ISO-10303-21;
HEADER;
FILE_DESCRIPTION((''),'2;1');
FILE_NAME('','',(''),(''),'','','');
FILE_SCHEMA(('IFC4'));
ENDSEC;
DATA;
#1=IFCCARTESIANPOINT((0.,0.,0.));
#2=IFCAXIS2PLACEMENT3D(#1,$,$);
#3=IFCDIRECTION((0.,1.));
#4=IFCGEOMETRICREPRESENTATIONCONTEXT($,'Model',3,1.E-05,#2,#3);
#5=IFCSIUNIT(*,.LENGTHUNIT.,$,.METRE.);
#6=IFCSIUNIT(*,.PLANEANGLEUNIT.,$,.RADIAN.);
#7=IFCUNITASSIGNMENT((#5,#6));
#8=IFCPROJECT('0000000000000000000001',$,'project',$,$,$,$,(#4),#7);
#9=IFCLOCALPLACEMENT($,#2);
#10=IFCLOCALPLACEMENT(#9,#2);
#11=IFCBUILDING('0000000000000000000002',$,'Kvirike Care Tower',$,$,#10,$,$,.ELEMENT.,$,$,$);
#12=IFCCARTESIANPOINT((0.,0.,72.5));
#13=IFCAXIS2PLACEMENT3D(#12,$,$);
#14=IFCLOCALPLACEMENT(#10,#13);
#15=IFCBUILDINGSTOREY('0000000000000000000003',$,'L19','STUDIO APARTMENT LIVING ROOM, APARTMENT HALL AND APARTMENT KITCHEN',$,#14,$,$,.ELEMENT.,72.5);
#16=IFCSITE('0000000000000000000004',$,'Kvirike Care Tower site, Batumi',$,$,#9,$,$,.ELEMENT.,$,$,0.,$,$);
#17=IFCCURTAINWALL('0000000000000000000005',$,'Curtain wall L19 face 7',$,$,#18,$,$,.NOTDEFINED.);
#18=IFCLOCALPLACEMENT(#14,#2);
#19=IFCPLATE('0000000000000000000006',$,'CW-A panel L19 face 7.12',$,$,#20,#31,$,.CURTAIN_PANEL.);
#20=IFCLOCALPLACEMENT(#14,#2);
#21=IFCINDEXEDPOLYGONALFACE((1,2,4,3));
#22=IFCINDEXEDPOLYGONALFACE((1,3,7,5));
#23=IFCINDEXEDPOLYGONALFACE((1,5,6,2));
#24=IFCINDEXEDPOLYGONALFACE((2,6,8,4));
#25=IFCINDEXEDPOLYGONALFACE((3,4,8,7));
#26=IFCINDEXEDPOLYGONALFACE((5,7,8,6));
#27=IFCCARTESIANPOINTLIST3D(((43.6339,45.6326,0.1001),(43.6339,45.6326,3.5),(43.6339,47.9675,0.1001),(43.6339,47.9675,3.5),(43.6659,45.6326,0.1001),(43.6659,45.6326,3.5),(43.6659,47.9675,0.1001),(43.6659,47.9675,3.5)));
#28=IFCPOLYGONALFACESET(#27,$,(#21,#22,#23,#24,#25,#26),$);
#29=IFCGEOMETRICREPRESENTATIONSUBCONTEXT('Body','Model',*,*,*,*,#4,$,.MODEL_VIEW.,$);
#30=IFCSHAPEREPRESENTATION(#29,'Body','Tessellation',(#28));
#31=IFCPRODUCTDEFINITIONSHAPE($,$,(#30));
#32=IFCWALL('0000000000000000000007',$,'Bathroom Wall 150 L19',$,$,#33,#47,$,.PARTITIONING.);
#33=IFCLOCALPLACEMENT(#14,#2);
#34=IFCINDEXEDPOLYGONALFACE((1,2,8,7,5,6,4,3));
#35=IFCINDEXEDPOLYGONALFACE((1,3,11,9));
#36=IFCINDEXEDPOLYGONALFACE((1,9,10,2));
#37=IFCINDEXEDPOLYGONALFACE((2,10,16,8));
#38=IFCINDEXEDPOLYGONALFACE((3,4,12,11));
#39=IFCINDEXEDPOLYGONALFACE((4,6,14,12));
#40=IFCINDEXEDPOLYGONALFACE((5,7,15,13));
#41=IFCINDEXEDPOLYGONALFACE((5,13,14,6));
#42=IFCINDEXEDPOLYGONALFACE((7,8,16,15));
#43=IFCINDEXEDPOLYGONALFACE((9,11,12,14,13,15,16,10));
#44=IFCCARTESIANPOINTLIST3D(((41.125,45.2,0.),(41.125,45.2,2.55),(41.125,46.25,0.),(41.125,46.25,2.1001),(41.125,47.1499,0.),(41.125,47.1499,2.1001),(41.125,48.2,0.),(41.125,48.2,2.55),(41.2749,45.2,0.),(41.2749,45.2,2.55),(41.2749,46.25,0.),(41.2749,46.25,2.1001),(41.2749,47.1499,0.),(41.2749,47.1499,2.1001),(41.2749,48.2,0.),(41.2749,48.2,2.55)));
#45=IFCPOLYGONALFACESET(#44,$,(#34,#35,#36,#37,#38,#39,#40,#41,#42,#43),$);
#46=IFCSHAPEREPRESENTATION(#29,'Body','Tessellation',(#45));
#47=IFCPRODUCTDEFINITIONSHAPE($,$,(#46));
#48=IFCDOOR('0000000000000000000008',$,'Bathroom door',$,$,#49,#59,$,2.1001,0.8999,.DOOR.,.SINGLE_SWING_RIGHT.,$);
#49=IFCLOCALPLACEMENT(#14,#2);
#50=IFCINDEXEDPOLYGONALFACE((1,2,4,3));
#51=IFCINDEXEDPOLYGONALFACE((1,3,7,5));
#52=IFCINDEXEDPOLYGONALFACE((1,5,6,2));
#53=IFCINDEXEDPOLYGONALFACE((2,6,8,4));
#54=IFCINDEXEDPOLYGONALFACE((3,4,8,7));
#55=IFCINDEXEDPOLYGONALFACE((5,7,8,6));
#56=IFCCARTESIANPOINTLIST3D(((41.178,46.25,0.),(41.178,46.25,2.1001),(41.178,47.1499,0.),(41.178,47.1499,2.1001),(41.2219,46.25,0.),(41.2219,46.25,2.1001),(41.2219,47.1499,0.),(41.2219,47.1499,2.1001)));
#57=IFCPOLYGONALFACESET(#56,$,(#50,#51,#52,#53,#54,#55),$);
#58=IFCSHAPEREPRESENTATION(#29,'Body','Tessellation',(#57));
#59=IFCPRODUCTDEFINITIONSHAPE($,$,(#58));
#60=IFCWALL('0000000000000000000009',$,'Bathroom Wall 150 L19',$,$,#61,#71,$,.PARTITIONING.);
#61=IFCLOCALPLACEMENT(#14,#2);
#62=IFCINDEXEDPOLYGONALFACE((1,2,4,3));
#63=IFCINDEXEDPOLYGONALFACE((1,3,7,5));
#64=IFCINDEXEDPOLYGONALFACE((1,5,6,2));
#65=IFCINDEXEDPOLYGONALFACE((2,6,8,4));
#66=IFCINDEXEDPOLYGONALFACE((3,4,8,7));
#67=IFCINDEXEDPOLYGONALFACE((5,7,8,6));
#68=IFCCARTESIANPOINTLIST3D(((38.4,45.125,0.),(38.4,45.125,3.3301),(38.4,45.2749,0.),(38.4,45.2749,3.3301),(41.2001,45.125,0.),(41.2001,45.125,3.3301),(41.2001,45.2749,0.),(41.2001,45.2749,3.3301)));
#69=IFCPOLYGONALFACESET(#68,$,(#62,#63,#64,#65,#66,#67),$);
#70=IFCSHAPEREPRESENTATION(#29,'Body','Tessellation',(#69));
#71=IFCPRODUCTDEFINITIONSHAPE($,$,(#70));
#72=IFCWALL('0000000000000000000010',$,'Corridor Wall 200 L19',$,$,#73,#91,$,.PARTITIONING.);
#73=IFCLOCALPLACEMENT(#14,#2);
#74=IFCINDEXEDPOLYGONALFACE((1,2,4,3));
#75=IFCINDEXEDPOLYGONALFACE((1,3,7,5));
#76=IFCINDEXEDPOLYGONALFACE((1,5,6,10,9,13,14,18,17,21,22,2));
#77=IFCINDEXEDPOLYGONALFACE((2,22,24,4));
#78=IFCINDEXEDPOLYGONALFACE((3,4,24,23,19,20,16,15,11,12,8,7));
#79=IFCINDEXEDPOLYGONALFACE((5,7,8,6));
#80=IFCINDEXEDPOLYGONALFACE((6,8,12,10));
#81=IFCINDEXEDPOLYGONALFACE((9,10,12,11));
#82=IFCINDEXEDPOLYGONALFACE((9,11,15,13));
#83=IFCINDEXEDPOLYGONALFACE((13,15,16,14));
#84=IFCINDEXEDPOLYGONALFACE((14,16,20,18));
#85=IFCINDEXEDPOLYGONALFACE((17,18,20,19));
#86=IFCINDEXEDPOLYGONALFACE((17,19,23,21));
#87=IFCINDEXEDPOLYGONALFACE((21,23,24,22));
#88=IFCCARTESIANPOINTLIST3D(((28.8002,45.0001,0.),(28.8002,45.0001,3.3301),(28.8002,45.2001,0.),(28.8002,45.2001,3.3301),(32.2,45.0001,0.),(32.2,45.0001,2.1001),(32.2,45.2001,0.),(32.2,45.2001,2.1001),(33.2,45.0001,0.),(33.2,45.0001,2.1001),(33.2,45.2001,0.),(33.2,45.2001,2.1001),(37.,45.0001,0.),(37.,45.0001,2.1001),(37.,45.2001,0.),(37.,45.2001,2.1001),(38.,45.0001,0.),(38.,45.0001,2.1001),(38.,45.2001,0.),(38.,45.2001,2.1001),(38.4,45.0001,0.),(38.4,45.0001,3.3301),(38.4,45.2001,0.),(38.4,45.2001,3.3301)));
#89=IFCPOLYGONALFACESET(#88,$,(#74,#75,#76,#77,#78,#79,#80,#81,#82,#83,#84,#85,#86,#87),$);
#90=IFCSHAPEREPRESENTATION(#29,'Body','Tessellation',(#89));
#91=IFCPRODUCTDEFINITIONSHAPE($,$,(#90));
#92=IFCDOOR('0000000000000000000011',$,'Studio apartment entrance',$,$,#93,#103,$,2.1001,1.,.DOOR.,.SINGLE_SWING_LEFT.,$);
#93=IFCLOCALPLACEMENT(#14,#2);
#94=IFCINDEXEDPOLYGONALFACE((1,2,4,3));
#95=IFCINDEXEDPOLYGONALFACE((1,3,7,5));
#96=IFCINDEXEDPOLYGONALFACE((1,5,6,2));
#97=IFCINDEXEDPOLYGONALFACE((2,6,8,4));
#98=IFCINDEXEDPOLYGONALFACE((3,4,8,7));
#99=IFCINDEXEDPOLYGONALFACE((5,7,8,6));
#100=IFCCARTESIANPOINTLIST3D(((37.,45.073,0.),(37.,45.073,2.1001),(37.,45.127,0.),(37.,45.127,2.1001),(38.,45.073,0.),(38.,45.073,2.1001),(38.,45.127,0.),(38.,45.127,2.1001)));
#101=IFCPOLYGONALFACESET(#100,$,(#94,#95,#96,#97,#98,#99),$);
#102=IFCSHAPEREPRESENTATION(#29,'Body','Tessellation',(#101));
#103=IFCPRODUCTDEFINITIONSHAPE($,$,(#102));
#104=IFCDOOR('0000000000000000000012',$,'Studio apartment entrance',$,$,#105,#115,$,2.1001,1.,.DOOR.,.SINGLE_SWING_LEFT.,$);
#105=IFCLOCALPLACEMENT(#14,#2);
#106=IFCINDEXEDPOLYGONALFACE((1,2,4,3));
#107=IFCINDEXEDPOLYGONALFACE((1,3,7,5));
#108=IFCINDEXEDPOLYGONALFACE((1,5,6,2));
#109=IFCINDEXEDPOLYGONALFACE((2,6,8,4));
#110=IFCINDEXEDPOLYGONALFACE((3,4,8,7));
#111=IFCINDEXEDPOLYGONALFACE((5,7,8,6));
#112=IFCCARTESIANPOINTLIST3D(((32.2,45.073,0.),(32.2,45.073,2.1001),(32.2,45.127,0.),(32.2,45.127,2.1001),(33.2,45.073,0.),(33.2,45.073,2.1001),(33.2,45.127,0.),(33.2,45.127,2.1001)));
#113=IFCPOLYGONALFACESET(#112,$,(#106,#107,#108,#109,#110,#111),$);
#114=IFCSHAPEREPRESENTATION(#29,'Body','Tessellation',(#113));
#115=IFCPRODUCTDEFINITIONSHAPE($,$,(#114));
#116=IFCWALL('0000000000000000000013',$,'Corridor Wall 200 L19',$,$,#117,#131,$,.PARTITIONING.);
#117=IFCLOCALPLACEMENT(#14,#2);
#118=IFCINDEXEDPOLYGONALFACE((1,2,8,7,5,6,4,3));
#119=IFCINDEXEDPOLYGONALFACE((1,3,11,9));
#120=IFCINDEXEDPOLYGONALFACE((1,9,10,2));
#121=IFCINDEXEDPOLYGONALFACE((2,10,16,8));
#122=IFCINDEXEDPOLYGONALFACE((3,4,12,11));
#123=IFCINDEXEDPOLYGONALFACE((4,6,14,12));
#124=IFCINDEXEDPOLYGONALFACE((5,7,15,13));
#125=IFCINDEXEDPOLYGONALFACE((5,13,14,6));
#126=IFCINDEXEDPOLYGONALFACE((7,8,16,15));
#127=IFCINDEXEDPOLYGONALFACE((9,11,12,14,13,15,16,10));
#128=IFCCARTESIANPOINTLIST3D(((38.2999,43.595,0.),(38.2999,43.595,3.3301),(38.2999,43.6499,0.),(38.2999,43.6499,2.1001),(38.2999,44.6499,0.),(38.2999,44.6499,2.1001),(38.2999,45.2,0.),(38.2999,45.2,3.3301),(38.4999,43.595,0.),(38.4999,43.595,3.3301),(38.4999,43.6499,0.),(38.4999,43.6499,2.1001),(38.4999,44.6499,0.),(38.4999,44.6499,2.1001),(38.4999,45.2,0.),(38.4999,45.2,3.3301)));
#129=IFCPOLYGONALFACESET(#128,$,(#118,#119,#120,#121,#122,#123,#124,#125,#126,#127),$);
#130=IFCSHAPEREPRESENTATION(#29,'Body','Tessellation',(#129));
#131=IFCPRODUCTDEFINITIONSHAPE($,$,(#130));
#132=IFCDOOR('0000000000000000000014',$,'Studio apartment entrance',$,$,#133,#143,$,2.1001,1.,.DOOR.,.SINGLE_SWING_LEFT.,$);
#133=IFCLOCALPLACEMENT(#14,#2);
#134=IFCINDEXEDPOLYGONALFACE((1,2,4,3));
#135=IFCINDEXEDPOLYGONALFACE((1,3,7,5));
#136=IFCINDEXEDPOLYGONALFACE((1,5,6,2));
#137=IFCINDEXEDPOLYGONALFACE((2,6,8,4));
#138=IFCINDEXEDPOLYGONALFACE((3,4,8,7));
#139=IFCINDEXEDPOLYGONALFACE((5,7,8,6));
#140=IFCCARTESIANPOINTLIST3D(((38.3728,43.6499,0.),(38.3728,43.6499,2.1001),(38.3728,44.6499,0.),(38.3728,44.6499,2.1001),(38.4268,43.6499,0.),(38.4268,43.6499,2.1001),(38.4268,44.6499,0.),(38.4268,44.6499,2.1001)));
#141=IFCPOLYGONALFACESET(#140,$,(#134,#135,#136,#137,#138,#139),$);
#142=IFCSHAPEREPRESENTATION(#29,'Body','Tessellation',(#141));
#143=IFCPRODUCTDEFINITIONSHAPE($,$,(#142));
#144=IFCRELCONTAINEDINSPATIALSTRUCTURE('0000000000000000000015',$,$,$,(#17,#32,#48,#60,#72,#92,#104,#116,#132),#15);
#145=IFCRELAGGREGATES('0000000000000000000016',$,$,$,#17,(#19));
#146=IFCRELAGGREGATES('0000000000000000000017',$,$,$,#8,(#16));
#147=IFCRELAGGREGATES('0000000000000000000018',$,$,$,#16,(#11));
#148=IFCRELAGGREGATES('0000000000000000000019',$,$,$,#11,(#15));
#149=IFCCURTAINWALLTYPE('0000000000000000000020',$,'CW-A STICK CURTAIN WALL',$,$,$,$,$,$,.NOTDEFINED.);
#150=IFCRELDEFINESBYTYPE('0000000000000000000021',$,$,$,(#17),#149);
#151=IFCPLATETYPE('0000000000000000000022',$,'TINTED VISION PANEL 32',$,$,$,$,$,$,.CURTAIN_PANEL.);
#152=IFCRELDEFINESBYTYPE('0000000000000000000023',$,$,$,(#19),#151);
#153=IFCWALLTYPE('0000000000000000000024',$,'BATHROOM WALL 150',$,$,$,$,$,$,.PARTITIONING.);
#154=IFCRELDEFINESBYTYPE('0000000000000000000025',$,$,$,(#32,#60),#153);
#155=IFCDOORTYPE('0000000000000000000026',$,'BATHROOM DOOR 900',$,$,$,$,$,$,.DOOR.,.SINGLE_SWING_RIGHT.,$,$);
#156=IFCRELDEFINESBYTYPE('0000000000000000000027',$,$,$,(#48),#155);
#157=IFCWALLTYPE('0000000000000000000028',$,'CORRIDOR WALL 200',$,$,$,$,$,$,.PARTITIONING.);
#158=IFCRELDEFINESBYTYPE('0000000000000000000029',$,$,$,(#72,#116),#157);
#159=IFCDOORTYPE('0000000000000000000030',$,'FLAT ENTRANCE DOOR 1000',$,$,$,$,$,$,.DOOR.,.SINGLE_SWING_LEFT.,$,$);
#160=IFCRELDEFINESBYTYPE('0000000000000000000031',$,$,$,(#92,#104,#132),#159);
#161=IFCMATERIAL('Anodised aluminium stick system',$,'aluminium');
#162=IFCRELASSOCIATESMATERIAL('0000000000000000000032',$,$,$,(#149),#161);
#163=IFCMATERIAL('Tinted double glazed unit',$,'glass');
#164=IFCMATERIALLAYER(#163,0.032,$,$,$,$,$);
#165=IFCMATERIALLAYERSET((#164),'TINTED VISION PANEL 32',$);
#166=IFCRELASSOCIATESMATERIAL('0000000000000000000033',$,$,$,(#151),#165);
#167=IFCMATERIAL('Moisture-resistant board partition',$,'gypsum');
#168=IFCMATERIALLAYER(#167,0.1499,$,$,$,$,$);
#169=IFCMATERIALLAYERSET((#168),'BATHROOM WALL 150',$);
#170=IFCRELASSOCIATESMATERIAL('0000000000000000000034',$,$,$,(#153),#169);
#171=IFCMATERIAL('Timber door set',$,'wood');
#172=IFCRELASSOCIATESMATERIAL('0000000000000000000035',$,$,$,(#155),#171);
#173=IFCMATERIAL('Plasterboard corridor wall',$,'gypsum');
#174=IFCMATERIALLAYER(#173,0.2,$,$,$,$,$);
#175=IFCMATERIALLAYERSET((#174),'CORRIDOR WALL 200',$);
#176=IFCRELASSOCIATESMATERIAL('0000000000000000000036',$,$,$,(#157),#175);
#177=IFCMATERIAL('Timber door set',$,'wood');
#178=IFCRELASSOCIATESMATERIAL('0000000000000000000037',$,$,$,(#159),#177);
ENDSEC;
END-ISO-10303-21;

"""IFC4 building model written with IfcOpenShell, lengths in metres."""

from ifc_helpers import new_model, si_unit, direction, frame, frame_2d, origin, origin_2d, place, context, subcontext, project, spatial, rectangle, extrude, material, layer, layer_set, type_object, element, fill, aggregate, save


model = new_model("IFC4")

# Units and contexts
model_context = context("Model", 3, precision=1e-05, world=origin(), true_north=direction((0.0, 1.0)))
body_context = subcontext(model_context, "Body", "Model", "MODEL_VIEW")
ifc_project = project(units=[si_unit("LENGTHUNIT", "METRE"), si_unit("PLANEANGLEUNIT", "RADIAN")], contexts=[model_context])

# Site, building, storey
site_placement = place(None, origin())
site = spatial("IfcSite", under=ifc_project, at=site_placement, Name="Kvirike Care Tower site, Batumi", CompositionType="ELEMENT", RefElevation=0.0)
building_placement = place(site_placement, origin())
building = spatial("IfcBuilding", under=site, at=building_placement, Name="Kvirike Care Tower", CompositionType="ELEMENT")
storey_placement = place(building_placement, frame((0.0, 0.0, 72.5)))
storey = spatial("IfcBuildingStorey", under=building, at=storey_placement, Name="L19", Description="STUDIO APARTMENT LIVING ROOM, APARTMENT HALL AND APARTMENT KITCHEN", CompositionType="ELEMENT", Elevation=72.5)

# Curtain wall
ifc_material_1 = material(Name="Anodised aluminium stick system", Category="aluminium")
curtain_wall_type = type_object("IfcCurtainWallType", Name="CW-A STICK CURTAIN WALL", PredefinedType="NOTDEFINED", material=ifc_material_1)
curtain_wall_placement = place(storey_placement, origin())
curtain_wall = element("IfcCurtainWall", 1, at=curtain_wall_placement, inside=storey, type_object=curtain_wall_type, Name="Curtain wall L19 face 7", PredefinedType="NOTDEFINED")

# Plate
ifc_material_2 = material(Name="Tinted double glazed unit", Category="glass")
ifc_layer_1 = layer(ifc_material_2, 0.032)
ifc_layer_set_1 = layer_set([ifc_layer_1], Name="TINTED VISION PANEL 32")
plate_type = type_object("IfcPlateType", Name="TINTED VISION PANEL 32", PredefinedType="CURTAIN_PANEL", material=ifc_layer_set_1)
plate_1_placement = place(storey_placement, frame((43.6499, 46.8, 0.1001), z_axis=(0.0, 0.0, 1.0), x_axis=(0.0, 1.0, 0.0)))
plate_1 = element("IfcPlate", 2, at=plate_1_placement, type_object=plate_type, Name="CW-A panel L19 face 7.12", PredefinedType="CURTAIN_PANEL", context=body_context, shape_type="SweptSolid", body=[
    extrude(rectangle(XDim=2.335, YDim=0.032, at=origin_2d()), origin(), (0.0, 0.0, 1.0), 3.3999),
])
aggregate(curtain_wall, [plate_1])

# Wall, opening, door
ifc_material_3 = material(Name="Moisture-resistant board partition", Category="gypsum")
ifc_layer_2 = layer(ifc_material_3, 0.1499)
ifc_layer_set_2 = layer_set([ifc_layer_2], Name="BATHROOM WALL 150")
wall_type_1 = type_object("IfcWallType", Name="BATHROOM WALL 150", PredefinedType="PARTITIONING", material=ifc_layer_set_2)
wall_1_placement = place(storey_placement, frame((41.2, 48.2, 0.0), z_axis=(0.0, 0.0, 1.0), x_axis=(0.0, -1.0, 0.0)))
wall_1 = element("IfcWall", 3, at=wall_1_placement, inside=storey, type_object=wall_type_1, Name="Bathroom Wall 150 L19", PredefinedType="PARTITIONING", context=body_context, shape_type="SweptSolid", body=[
    extrude(rectangle(XDim=3.0, YDim=0.1499, at=frame_2d((1.5, 0.0))), origin(), (0.0, 0.0, 1.0), 2.55),
])
opening_1_placement = place(wall_1_placement, frame((1.05, 0.0, 0.0)))
opening_1 = element("IfcOpeningElement", 4, at=opening_1_placement, cuts=wall_1, PredefinedType="OPENING", context=body_context, shape_type="SweptSolid", body=[
    extrude(rectangle(XDim=0.8999, YDim=2.1001, at=frame_2d((0.45, 1.05))), frame((0.0, 0.0854, 0.0), z_axis=(0.0, -1.0, 0.0), x_axis=(1.0, 0.0, 0.0)), (0.0, 0.0, 1.0), 0.1709),
])
ifc_material_4 = material(Name="Timber door set", Category="wood")
door_type_1 = type_object("IfcDoorType", Name="BATHROOM DOOR 900", OperationType="SINGLE_SWING_RIGHT", PredefinedType="DOOR", material=ifc_material_4)
door_1_placement = place(opening_1_placement, frame((0.8999, 0.0, 0.0), z_axis=(0.0, 0.0, 1.0), x_axis=(-1.0, 0.0, 0.0)))
door_1 = element("IfcDoor", 5, at=door_1_placement, inside=storey, type_object=door_type_1, Name="Bathroom door", OperationType="SINGLE_SWING_RIGHT", OverallHeight=2.1001, OverallWidth=0.8999, PredefinedType="DOOR", context=body_context, shape_type="SweptSolid", body=[
    extrude(rectangle(XDim=0.8999, YDim=2.1001, at=frame_2d((0.45, 1.05))), frame((0.0, 0.022, 0.0), z_axis=(0.0, -1.0, 0.0), x_axis=(1.0, 0.0, 0.0)), (0.0, 0.0, 1.0), 0.0439),
])
fill(opening_1, door_1)

# Wall
wall_2_placement = place(storey_placement, frame((41.2, 45.2, 0.0), z_axis=(0.0, 0.0, 1.0), x_axis=(-1.0, 0.0, 0.0)))
element("IfcWall", 6, at=wall_2_placement, inside=storey, type_object=wall_type_1, Name="Bathroom Wall 150 L19", PredefinedType="PARTITIONING", context=body_context, shape_type="SweptSolid", body=[
    extrude(rectangle(XDim=2.8, YDim=0.1499, at=frame_2d((1.3999, 0.0))), origin(), (0.0, 0.0, 1.0), 3.3301),
])

# Wall, openings, doors
ifc_material_5 = material(Name="Plasterboard corridor wall", Category="gypsum")
ifc_layer_3 = layer(ifc_material_5, 0.2)
ifc_layer_set_3 = layer_set([ifc_layer_3], Name="CORRIDOR WALL 200")
wall_type_2 = type_object("IfcWallType", Name="CORRIDOR WALL 200", PredefinedType="PARTITIONING", material=ifc_layer_set_3)
wall_3_placement = place(storey_placement, frame((38.3999, 45.1001, 0.0), z_axis=(0.0, 0.0, 1.0), x_axis=(-1.0, 0.0, 0.0)))
wall_3 = element("IfcWall", 7, at=wall_3_placement, inside=storey, type_object=wall_type_2, Name="Corridor Wall 200 L19", PredefinedType="PARTITIONING", context=body_context, shape_type="SweptSolid", body=[
    extrude(rectangle(XDim=9.5999, YDim=0.2, at=frame_2d((4.7998, 0.0))), origin(), (0.0, 0.0, 1.0), 3.3301),
])
opening_2_placement = place(wall_3_placement, frame((0.3999, 0.0, 0.0)))
opening_2 = element("IfcOpeningElement", 8, at=opening_2_placement, cuts=wall_3, PredefinedType="OPENING", context=body_context, shape_type="SweptSolid", body=[
    extrude(rectangle(XDim=1.0, YDim=2.1001, at=frame_2d((0.5, 1.05))), frame((0.0, 0.1106, 0.0), z_axis=(0.0, -1.0, 0.0), x_axis=(1.0, 0.0, 0.0)), (0.0, 0.0, 1.0), 0.2209),
])
opening_3_placement = place(wall_3_placement, frame((5.2, 0.0, 0.0)))
opening_3 = element("IfcOpeningElement", 9, at=opening_3_placement, cuts=wall_3, PredefinedType="OPENING", context=body_context, shape_type="SweptSolid", body=[
    extrude(rectangle(XDim=1.0, YDim=2.1001, at=frame_2d((0.5, 1.05))), frame((0.0, 0.1106, 0.0), z_axis=(0.0, -1.0, 0.0), x_axis=(1.0, 0.0, 0.0)), (0.0, 0.0, 1.0), 0.2209),
])
ifc_material_6 = material(Name="Timber door set", Category="wood")
door_type_2 = type_object("IfcDoorType", Name="FLAT ENTRANCE DOOR 1000", OperationType="SINGLE_SWING_LEFT", PredefinedType="DOOR", material=ifc_material_6)
door_2_placement = place(opening_2_placement, frame((1.0, 0.0, 0.0), z_axis=(0.0, 0.0, 1.0), x_axis=(-1.0, 0.0, 0.0)))
door_2 = element("IfcDoor", 10, at=door_2_placement, inside=storey, type_object=door_type_2, Name="Studio apartment entrance", OperationType="SINGLE_SWING_LEFT", OverallHeight=2.1001, OverallWidth=1.0, PredefinedType="DOOR", context=body_context, shape_type="SweptSolid", body=[
    extrude(rectangle(XDim=1.0, YDim=2.1001, at=frame_2d((0.5, 1.05))), frame((0.0, 0.0269, 0.0), z_axis=(0.0, -1.0, 0.0), x_axis=(1.0, 0.0, 0.0)), (0.0, 0.0, 1.0), 0.054),
])
fill(opening_2, door_2)
door_3_placement = place(opening_3_placement, frame((1.0, 0.0, 0.0), z_axis=(0.0, 0.0, 1.0), x_axis=(-1.0, 0.0, 0.0)))
door_3 = element("IfcDoor", 11, at=door_3_placement, inside=storey, type_object=door_type_2, Name="Studio apartment entrance", OperationType="SINGLE_SWING_LEFT", OverallHeight=2.1001, OverallWidth=1.0, PredefinedType="DOOR", context=body_context, shape_type="SweptSolid", body=[
    extrude(rectangle(XDim=1.0, YDim=2.1001, at=frame_2d((0.5, 1.05))), frame((0.0, 0.0269, 0.0), z_axis=(0.0, -1.0, 0.0), x_axis=(1.0, 0.0, 0.0)), (0.0, 0.0, 1.0), 0.054),
])
fill(opening_3, door_3)

# Wall, opening, door
wall_4_placement = place(storey_placement, frame((38.3999, 45.2, 0.0), z_axis=(0.0, 0.0, 1.0), x_axis=(0.0, -1.0, 0.0)))
wall_4 = element("IfcWall", 12, at=wall_4_placement, inside=storey, type_object=wall_type_2, Name="Corridor Wall 200 L19", PredefinedType="PARTITIONING", context=body_context, shape_type="SweptSolid", body=[
    extrude(rectangle(XDim=1.605, YDim=0.2, at=frame_2d((0.8025, 0.0))), origin(), (0.0, 0.0, 1.0), 3.3301),
])
opening_4_placement = place(wall_4_placement, frame((0.55, 0.0, 0.0)))
opening_4 = element("IfcOpeningElement", 13, at=opening_4_placement, cuts=wall_4, PredefinedType="OPENING", context=body_context, shape_type="SweptSolid", body=[
    extrude(rectangle(XDim=1.0, YDim=2.1001, at=frame_2d((0.5, 1.05))), frame((0.0, 0.1106, 0.0), z_axis=(0.0, -1.0, 0.0), x_axis=(1.0, 0.0, 0.0)), (0.0, 0.0, 1.0), 0.2209),
])
door_4_placement = place(opening_4_placement, origin())
door_4 = element("IfcDoor", 14, at=door_4_placement, inside=storey, type_object=door_type_2, Name="Studio apartment entrance", OperationType="SINGLE_SWING_LEFT", OverallHeight=2.1001, OverallWidth=1.0, PredefinedType="DOOR", context=body_context, shape_type="SweptSolid", body=[
    extrude(rectangle(XDim=1.0, YDim=2.1001, at=frame_2d((0.5, 1.05))), frame((0.0, 0.0269, 0.0), z_axis=(0.0, -1.0, 0.0), x_axis=(1.0, 0.0, 0.0)), (0.0, 0.0, 1.0), 0.054),
])
fill(opening_4, door_4)

save(model, "model.ifc")
